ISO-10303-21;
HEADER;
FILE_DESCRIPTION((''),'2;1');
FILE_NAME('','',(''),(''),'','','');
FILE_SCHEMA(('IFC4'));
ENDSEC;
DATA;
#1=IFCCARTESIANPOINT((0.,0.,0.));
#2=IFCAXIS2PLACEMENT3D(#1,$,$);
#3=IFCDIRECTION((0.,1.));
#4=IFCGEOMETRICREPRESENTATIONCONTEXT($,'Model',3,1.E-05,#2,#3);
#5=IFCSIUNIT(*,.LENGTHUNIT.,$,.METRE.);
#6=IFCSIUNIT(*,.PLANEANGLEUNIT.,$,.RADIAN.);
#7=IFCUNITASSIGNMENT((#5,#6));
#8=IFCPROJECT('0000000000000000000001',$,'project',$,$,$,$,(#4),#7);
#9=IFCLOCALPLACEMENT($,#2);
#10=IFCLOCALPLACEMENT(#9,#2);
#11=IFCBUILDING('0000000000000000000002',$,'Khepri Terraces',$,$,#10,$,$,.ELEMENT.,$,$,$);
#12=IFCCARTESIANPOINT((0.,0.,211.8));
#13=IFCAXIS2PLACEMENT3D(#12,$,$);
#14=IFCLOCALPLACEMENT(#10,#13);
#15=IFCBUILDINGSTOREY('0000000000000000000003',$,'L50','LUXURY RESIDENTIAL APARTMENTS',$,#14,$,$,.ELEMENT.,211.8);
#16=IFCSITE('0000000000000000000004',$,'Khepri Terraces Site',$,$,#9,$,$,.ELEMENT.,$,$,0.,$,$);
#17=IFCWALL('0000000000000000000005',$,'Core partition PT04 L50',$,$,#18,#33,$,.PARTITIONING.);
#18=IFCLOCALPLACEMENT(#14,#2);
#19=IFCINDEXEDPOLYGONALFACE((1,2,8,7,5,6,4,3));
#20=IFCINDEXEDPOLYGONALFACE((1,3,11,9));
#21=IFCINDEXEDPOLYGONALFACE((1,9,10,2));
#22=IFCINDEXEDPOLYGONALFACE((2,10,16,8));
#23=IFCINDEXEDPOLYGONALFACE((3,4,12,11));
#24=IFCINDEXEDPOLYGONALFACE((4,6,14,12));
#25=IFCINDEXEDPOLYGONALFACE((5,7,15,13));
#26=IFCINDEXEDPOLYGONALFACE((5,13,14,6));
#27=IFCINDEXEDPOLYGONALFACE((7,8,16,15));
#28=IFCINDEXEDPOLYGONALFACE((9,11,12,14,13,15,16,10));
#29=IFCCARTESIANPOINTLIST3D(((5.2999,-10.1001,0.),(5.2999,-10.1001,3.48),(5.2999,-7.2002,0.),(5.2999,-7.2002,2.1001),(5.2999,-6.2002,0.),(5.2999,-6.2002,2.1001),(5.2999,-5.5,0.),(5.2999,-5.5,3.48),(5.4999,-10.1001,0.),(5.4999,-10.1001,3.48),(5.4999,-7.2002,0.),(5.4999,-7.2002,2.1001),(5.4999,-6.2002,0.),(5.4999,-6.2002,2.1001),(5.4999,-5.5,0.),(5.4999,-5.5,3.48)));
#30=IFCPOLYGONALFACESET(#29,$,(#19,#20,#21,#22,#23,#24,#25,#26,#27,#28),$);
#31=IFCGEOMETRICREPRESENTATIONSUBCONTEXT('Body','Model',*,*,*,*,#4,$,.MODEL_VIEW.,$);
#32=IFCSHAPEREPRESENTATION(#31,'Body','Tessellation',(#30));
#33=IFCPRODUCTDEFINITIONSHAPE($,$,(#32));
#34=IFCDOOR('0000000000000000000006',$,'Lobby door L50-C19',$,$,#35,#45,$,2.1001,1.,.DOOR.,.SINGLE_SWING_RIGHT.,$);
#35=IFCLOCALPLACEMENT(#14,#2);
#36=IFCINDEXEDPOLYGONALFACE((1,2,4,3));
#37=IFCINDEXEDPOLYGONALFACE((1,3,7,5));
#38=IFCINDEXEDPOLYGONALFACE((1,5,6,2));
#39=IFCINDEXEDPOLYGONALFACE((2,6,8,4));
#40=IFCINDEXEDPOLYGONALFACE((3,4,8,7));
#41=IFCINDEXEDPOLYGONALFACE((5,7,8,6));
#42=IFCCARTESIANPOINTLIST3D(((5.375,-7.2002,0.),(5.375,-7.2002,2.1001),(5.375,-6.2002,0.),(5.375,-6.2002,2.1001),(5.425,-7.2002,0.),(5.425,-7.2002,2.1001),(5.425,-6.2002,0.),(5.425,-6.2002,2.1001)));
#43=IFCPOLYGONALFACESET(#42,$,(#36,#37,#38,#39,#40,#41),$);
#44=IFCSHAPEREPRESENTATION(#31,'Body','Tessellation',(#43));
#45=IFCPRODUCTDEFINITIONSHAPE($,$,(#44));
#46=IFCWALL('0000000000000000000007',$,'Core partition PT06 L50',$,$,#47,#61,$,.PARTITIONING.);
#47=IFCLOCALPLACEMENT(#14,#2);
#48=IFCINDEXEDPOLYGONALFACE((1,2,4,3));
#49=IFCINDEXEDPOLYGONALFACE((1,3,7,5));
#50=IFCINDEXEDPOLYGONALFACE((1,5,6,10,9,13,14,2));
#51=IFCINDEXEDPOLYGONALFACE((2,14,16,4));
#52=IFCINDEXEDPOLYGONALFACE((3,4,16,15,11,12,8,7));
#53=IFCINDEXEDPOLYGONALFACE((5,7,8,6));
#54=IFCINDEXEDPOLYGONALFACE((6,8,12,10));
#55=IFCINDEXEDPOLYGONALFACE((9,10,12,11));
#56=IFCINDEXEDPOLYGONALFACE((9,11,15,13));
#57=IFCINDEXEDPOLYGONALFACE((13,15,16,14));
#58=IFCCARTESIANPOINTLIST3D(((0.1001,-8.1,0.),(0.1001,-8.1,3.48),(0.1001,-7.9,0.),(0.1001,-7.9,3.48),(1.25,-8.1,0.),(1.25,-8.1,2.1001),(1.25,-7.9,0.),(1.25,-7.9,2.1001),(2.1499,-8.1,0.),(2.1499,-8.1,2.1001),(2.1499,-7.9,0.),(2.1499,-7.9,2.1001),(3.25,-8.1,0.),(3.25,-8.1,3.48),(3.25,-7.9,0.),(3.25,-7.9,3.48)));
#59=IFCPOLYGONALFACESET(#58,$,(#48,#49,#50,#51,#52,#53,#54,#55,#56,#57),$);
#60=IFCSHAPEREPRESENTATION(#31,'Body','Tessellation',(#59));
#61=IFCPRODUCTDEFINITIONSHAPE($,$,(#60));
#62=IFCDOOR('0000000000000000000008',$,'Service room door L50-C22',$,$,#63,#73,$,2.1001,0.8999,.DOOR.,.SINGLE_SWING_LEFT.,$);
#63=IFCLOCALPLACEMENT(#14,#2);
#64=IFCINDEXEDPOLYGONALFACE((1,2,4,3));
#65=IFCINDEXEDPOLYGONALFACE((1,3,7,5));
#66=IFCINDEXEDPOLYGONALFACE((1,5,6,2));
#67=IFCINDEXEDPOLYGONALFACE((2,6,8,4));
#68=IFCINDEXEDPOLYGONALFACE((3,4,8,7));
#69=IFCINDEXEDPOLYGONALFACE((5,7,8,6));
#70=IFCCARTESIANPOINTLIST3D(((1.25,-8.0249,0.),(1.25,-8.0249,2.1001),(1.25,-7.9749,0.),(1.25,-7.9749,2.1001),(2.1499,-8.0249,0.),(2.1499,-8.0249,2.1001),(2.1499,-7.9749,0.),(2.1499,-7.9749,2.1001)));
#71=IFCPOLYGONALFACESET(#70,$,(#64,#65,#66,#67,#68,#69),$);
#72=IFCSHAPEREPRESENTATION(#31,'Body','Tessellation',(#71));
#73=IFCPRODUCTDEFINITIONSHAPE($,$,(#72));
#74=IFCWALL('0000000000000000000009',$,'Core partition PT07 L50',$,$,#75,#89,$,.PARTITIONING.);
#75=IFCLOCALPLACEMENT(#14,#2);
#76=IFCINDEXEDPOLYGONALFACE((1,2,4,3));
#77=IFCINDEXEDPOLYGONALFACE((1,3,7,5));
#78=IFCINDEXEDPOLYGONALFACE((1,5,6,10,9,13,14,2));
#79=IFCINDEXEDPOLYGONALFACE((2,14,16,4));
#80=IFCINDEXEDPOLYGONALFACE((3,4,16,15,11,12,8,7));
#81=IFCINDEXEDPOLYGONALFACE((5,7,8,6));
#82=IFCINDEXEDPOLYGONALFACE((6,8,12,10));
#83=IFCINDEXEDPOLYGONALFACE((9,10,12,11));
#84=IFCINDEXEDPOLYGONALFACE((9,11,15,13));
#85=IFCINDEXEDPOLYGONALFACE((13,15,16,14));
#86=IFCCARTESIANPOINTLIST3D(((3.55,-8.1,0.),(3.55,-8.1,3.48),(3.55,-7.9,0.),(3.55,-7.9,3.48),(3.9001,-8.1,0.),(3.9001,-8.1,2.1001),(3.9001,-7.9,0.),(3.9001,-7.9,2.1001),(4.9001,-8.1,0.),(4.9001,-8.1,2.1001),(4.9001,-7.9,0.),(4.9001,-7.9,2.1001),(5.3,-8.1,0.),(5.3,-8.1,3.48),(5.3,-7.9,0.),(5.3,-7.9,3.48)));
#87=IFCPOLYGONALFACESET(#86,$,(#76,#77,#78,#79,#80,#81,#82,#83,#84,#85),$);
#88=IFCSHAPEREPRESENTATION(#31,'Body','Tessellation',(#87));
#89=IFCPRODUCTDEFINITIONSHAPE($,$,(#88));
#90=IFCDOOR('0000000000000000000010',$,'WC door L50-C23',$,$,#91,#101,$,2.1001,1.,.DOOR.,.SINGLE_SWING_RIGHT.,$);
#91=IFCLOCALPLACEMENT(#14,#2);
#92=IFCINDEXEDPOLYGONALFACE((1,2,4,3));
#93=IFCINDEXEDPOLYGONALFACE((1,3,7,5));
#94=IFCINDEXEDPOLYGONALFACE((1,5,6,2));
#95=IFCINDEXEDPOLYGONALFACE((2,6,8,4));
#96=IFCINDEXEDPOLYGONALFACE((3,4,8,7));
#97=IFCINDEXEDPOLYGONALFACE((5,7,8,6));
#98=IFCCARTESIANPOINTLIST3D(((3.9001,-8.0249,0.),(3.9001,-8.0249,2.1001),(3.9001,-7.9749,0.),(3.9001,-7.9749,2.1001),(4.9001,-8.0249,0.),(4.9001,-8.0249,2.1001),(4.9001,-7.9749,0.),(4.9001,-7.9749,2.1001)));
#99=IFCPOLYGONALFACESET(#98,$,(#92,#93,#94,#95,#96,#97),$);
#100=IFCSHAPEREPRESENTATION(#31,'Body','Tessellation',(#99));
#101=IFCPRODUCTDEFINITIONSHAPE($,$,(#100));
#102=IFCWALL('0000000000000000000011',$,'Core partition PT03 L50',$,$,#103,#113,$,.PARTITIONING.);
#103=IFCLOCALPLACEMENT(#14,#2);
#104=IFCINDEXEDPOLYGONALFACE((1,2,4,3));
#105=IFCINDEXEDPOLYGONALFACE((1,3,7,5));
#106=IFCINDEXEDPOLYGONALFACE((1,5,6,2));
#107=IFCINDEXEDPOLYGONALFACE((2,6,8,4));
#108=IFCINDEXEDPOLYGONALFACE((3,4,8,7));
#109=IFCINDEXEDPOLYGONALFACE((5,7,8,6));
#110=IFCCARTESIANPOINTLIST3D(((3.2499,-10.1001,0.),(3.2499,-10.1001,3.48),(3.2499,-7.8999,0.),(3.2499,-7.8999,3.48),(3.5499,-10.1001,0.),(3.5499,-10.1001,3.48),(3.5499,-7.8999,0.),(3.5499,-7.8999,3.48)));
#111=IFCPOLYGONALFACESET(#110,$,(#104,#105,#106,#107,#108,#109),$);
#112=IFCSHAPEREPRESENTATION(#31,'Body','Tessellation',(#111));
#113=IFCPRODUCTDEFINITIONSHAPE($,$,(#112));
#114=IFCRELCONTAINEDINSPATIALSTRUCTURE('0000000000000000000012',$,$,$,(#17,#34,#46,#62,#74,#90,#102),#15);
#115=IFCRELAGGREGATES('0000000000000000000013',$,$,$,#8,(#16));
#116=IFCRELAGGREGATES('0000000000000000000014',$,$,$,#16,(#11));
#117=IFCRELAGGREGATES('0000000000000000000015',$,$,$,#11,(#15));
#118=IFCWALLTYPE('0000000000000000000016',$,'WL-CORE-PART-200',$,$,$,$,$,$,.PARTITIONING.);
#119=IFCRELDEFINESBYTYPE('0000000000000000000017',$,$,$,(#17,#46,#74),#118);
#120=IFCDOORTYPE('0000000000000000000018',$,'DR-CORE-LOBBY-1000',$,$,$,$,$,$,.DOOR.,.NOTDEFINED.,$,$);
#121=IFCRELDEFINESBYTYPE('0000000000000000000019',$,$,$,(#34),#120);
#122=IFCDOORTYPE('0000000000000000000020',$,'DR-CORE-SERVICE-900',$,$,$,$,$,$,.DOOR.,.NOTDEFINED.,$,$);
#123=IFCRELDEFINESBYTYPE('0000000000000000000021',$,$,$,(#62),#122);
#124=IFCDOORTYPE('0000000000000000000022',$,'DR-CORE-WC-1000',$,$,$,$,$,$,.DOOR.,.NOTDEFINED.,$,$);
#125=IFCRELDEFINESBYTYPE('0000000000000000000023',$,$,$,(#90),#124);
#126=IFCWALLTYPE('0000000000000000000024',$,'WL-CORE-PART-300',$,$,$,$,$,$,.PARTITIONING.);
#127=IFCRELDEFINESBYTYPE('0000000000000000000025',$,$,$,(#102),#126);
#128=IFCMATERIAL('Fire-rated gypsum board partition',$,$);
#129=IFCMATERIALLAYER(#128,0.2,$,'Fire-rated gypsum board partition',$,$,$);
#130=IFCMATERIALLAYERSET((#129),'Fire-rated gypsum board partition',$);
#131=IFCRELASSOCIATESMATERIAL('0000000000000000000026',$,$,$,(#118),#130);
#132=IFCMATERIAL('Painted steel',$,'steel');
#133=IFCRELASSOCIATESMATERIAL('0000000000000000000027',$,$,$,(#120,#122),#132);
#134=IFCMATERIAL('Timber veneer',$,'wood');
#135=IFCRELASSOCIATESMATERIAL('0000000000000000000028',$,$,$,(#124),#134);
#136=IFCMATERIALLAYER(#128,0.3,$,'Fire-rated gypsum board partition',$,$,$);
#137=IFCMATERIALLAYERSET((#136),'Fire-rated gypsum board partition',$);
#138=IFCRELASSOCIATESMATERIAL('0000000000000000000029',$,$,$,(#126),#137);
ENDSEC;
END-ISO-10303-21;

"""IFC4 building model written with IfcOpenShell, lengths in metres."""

from ifc_helpers import new_model, si_unit, direction, frame, frame_2d, origin, place, context, subcontext, project, spatial, rectangle, extrude, material, layer, layer_set, type_object, element, fill, save


model = new_model("IFC4")

# Units and contexts
model_context = context("Model", 3, precision=1e-05, world=origin(), true_north=direction((0.0, 1.0)))
body_context = subcontext(model_context, "Body", "Model", "MODEL_VIEW")
ifc_project = project(units=[si_unit("LENGTHUNIT", "METRE"), si_unit("PLANEANGLEUNIT", "RADIAN")], contexts=[model_context])

# Site, building, storey
site_placement = place(None, origin())
site = spatial("IfcSite", under=ifc_project, at=site_placement, Name="Khepri Terraces Site", CompositionType="ELEMENT", RefElevation=0.0)
building_placement = place(site_placement, origin())
building = spatial("IfcBuilding", under=site, at=building_placement, Name="Khepri Terraces", CompositionType="ELEMENT")
storey_placement = place(building_placement, frame((0.0, 0.0, 211.8)))
storey = spatial("IfcBuildingStorey", under=building, at=storey_placement, Name="L50", Description="LUXURY RESIDENTIAL APARTMENTS", CompositionType="ELEMENT", Elevation=211.8)

# Shared definitions
ifc_material_1 = material(Name="Fire-rated gypsum board partition")
ifc_layer_1 = layer(ifc_material_1, 0.2, Name="Fire-rated gypsum board partition")
ifc_layer_set_1 = layer_set([ifc_layer_1], Name="Fire-rated gypsum board partition")
wall_type_1 = type_object("IfcWallType", Name="WL-CORE-PART-200", PredefinedType="PARTITIONING", material=ifc_layer_set_1)

# Walls, openings, doors
wall_1_placement = place(storey_placement, frame((5.3999, -10.1001, 0.0), z_axis=(0.0, 0.0, 1.0), x_axis=(0.0, 1.0, 0.0)))
wall_1 = element("IfcWall", 1, at=wall_1_placement, inside=storey, type_object=wall_type_1, Name="Core partition PT04 L50", PredefinedType="PARTITIONING", context=body_context, shape_type="SweptSolid", body=[
    extrude(rectangle(XDim=4.6001, YDim=0.2, at=frame_2d((2.3, 0.0))), origin(), (0.0, 0.0, 1.0), 3.48),
])
opening_1_placement = place(wall_1_placement, frame((2.8999, 0.0, 0.0)))
opening_1 = element("IfcOpeningElement", 2, at=opening_1_placement, cuts=wall_1, PredefinedType="OPENING", context=body_context, shape_type="SweptSolid", body=[
    extrude(rectangle(XDim=1.0, YDim=2.1001, at=frame_2d((0.5, 1.05))), frame((0.0, 0.1099, 0.0), z_axis=(0.0, -1.0, 0.0), x_axis=(1.0, 0.0, 0.0)), (0.0, 0.0, 1.0), 0.22),
])
ifc_material_2 = material(Name="Painted steel", Category="steel")
door_type_1 = type_object("IfcDoorType", Name="DR-CORE-LOBBY-1000", OperationType="NOTDEFINED", PredefinedType="DOOR", material=ifc_material_2)
door_1_placement = place(opening_1_placement, origin())
door_1 = element("IfcDoor", 3, at=door_1_placement, inside=storey, type_object=door_type_1, Name="Lobby door L50-C19", OperationType="SINGLE_SWING_RIGHT", OverallHeight=2.1001, OverallWidth=1.0, PredefinedType="DOOR", context=body_context, shape_type="SweptSolid", body=[
    extrude(rectangle(XDim=1.0, YDim=2.1001, at=frame_2d((0.5, 1.05))), frame((0.0, 0.0249, 0.0), z_axis=(0.0, -1.0, 0.0), x_axis=(1.0, 0.0, 0.0)), (0.0, 0.0, 1.0), 0.05),
])
fill(opening_1, door_1)
wall_2_placement = place(storey_placement, frame((0.1001, -8.0, 0.0), z_axis=(0.0, 0.0, 1.0), x_axis=(1.0, 0.0, 0.0)))
wall_2 = element("IfcWall", 4, at=wall_2_placement, inside=storey, type_object=wall_type_1, Name="Core partition PT06 L50", PredefinedType="PARTITIONING", context=body_context, shape_type="SweptSolid", body=[
    extrude(rectangle(XDim=3.1499, YDim=0.2, at=frame_2d((1.575, 0.0))), origin(), (0.0, 0.0, 1.0), 3.48),
])
opening_2_placement = place(wall_2_placement, frame((1.1499, 0.0, 0.0)))
opening_2 = element("IfcOpeningElement", 5, at=opening_2_placement, cuts=wall_2, PredefinedType="OPENING", context=body_context, shape_type="SweptSolid", body=[
    extrude(rectangle(XDim=0.8999, YDim=2.1001, at=frame_2d((0.45, 1.05))), frame((0.0, 0.1099, 0.0), z_axis=(0.0, -1.0, 0.0), x_axis=(1.0, 0.0, 0.0)), (0.0, 0.0, 1.0), 0.22),
])
door_type_2 = type_object("IfcDoorType", Name="DR-CORE-SERVICE-900", OperationType="NOTDEFINED", PredefinedType="DOOR", material=ifc_material_2)
door_2_placement = place(opening_2_placement, frame((0.8999, 0.0, 0.0), z_axis=(0.0, 0.0, 1.0), x_axis=(-1.0, 0.0, 0.0)))
door_2 = element("IfcDoor", 6, at=door_2_placement, inside=storey, type_object=door_type_2, Name="Service room door L50-C22", OperationType="SINGLE_SWING_LEFT", OverallHeight=2.1001, OverallWidth=0.8999, PredefinedType="DOOR", context=body_context, shape_type="SweptSolid", body=[
    extrude(rectangle(XDim=0.8999, YDim=2.1001, at=frame_2d((0.45, 1.05))), frame((0.0, 0.0249, 0.0), z_axis=(0.0, -1.0, 0.0), x_axis=(1.0, 0.0, 0.0)), (0.0, 0.0, 1.0), 0.05),
])
fill(opening_2, door_2)
wall_3_placement = place(storey_placement, frame((3.55, -8.0, 0.0), z_axis=(0.0, 0.0, 1.0), x_axis=(1.0, 0.0, 0.0)))
wall_3 = element("IfcWall", 7, at=wall_3_placement, inside=storey, type_object=wall_type_1, Name="Core partition PT07 L50", PredefinedType="PARTITIONING", context=body_context, shape_type="SweptSolid", body=[
    extrude(rectangle(XDim=1.75, YDim=0.2, at=frame_2d((0.875, 0.0))), origin(), (0.0, 0.0, 1.0), 3.48),
])
opening_3_placement = place(wall_3_placement, frame((0.3501, 0.0, 0.0)))
opening_3 = element("IfcOpeningElement", 8, at=opening_3_placement, cuts=wall_3, PredefinedType="OPENING", context=body_context, shape_type="SweptSolid", body=[
    extrude(rectangle(XDim=1.0, YDim=2.1001, at=frame_2d((0.5, 1.05))), frame((0.0, 0.1099, 0.0), z_axis=(0.0, -1.0, 0.0), x_axis=(1.0, 0.0, 0.0)), (0.0, 0.0, 1.0), 0.22),
])
ifc_material_3 = material(Name="Timber veneer", Category="wood")
door_type_3 = type_object("IfcDoorType", Name="DR-CORE-WC-1000", OperationType="NOTDEFINED", PredefinedType="DOOR", material=ifc_material_3)
door_3_placement = place(opening_3_placement, frame((1.0, 0.0, 0.0), z_axis=(0.0, 0.0, 1.0), x_axis=(-1.0, 0.0, 0.0)))
door_3 = element("IfcDoor", 9, at=door_3_placement, inside=storey, type_object=door_type_3, Name="WC door L50-C23", OperationType="SINGLE_SWING_RIGHT", OverallHeight=2.1001, OverallWidth=1.0, PredefinedType="DOOR", context=body_context, shape_type="SweptSolid", body=[
    extrude(rectangle(XDim=1.0, YDim=2.1001, at=frame_2d((0.5, 1.05))), frame((0.0, 0.0249, 0.0), z_axis=(0.0, -1.0, 0.0), x_axis=(1.0, 0.0, 0.0)), (0.0, 0.0, 1.0), 0.05),
])
fill(opening_3, door_3)

# Wall
ifc_layer_2 = layer(ifc_material_1, 0.3, Name="Fire-rated gypsum board partition")
ifc_layer_set_2 = layer_set([ifc_layer_2], Name="Fire-rated gypsum board partition")
wall_type_2 = type_object("IfcWallType", Name="WL-CORE-PART-300", PredefinedType="PARTITIONING", material=ifc_layer_set_2)
wall_4_placement = place(storey_placement, frame((3.3999, -10.1001, 0.0), z_axis=(0.0, 0.0, 1.0), x_axis=(0.0, 1.0, 0.0)))
element("IfcWall", 10, at=wall_4_placement, inside=storey, type_object=wall_type_2, Name="Core partition PT03 L50", PredefinedType="PARTITIONING", context=body_context, shape_type="SweptSolid", body=[
    extrude(rectangle(XDim=2.2002, YDim=0.3, at=frame_2d((1.1001, 0.0))), origin(), (0.0, 0.0, 1.0), 3.48),
])

save(model, "model.ifc")
